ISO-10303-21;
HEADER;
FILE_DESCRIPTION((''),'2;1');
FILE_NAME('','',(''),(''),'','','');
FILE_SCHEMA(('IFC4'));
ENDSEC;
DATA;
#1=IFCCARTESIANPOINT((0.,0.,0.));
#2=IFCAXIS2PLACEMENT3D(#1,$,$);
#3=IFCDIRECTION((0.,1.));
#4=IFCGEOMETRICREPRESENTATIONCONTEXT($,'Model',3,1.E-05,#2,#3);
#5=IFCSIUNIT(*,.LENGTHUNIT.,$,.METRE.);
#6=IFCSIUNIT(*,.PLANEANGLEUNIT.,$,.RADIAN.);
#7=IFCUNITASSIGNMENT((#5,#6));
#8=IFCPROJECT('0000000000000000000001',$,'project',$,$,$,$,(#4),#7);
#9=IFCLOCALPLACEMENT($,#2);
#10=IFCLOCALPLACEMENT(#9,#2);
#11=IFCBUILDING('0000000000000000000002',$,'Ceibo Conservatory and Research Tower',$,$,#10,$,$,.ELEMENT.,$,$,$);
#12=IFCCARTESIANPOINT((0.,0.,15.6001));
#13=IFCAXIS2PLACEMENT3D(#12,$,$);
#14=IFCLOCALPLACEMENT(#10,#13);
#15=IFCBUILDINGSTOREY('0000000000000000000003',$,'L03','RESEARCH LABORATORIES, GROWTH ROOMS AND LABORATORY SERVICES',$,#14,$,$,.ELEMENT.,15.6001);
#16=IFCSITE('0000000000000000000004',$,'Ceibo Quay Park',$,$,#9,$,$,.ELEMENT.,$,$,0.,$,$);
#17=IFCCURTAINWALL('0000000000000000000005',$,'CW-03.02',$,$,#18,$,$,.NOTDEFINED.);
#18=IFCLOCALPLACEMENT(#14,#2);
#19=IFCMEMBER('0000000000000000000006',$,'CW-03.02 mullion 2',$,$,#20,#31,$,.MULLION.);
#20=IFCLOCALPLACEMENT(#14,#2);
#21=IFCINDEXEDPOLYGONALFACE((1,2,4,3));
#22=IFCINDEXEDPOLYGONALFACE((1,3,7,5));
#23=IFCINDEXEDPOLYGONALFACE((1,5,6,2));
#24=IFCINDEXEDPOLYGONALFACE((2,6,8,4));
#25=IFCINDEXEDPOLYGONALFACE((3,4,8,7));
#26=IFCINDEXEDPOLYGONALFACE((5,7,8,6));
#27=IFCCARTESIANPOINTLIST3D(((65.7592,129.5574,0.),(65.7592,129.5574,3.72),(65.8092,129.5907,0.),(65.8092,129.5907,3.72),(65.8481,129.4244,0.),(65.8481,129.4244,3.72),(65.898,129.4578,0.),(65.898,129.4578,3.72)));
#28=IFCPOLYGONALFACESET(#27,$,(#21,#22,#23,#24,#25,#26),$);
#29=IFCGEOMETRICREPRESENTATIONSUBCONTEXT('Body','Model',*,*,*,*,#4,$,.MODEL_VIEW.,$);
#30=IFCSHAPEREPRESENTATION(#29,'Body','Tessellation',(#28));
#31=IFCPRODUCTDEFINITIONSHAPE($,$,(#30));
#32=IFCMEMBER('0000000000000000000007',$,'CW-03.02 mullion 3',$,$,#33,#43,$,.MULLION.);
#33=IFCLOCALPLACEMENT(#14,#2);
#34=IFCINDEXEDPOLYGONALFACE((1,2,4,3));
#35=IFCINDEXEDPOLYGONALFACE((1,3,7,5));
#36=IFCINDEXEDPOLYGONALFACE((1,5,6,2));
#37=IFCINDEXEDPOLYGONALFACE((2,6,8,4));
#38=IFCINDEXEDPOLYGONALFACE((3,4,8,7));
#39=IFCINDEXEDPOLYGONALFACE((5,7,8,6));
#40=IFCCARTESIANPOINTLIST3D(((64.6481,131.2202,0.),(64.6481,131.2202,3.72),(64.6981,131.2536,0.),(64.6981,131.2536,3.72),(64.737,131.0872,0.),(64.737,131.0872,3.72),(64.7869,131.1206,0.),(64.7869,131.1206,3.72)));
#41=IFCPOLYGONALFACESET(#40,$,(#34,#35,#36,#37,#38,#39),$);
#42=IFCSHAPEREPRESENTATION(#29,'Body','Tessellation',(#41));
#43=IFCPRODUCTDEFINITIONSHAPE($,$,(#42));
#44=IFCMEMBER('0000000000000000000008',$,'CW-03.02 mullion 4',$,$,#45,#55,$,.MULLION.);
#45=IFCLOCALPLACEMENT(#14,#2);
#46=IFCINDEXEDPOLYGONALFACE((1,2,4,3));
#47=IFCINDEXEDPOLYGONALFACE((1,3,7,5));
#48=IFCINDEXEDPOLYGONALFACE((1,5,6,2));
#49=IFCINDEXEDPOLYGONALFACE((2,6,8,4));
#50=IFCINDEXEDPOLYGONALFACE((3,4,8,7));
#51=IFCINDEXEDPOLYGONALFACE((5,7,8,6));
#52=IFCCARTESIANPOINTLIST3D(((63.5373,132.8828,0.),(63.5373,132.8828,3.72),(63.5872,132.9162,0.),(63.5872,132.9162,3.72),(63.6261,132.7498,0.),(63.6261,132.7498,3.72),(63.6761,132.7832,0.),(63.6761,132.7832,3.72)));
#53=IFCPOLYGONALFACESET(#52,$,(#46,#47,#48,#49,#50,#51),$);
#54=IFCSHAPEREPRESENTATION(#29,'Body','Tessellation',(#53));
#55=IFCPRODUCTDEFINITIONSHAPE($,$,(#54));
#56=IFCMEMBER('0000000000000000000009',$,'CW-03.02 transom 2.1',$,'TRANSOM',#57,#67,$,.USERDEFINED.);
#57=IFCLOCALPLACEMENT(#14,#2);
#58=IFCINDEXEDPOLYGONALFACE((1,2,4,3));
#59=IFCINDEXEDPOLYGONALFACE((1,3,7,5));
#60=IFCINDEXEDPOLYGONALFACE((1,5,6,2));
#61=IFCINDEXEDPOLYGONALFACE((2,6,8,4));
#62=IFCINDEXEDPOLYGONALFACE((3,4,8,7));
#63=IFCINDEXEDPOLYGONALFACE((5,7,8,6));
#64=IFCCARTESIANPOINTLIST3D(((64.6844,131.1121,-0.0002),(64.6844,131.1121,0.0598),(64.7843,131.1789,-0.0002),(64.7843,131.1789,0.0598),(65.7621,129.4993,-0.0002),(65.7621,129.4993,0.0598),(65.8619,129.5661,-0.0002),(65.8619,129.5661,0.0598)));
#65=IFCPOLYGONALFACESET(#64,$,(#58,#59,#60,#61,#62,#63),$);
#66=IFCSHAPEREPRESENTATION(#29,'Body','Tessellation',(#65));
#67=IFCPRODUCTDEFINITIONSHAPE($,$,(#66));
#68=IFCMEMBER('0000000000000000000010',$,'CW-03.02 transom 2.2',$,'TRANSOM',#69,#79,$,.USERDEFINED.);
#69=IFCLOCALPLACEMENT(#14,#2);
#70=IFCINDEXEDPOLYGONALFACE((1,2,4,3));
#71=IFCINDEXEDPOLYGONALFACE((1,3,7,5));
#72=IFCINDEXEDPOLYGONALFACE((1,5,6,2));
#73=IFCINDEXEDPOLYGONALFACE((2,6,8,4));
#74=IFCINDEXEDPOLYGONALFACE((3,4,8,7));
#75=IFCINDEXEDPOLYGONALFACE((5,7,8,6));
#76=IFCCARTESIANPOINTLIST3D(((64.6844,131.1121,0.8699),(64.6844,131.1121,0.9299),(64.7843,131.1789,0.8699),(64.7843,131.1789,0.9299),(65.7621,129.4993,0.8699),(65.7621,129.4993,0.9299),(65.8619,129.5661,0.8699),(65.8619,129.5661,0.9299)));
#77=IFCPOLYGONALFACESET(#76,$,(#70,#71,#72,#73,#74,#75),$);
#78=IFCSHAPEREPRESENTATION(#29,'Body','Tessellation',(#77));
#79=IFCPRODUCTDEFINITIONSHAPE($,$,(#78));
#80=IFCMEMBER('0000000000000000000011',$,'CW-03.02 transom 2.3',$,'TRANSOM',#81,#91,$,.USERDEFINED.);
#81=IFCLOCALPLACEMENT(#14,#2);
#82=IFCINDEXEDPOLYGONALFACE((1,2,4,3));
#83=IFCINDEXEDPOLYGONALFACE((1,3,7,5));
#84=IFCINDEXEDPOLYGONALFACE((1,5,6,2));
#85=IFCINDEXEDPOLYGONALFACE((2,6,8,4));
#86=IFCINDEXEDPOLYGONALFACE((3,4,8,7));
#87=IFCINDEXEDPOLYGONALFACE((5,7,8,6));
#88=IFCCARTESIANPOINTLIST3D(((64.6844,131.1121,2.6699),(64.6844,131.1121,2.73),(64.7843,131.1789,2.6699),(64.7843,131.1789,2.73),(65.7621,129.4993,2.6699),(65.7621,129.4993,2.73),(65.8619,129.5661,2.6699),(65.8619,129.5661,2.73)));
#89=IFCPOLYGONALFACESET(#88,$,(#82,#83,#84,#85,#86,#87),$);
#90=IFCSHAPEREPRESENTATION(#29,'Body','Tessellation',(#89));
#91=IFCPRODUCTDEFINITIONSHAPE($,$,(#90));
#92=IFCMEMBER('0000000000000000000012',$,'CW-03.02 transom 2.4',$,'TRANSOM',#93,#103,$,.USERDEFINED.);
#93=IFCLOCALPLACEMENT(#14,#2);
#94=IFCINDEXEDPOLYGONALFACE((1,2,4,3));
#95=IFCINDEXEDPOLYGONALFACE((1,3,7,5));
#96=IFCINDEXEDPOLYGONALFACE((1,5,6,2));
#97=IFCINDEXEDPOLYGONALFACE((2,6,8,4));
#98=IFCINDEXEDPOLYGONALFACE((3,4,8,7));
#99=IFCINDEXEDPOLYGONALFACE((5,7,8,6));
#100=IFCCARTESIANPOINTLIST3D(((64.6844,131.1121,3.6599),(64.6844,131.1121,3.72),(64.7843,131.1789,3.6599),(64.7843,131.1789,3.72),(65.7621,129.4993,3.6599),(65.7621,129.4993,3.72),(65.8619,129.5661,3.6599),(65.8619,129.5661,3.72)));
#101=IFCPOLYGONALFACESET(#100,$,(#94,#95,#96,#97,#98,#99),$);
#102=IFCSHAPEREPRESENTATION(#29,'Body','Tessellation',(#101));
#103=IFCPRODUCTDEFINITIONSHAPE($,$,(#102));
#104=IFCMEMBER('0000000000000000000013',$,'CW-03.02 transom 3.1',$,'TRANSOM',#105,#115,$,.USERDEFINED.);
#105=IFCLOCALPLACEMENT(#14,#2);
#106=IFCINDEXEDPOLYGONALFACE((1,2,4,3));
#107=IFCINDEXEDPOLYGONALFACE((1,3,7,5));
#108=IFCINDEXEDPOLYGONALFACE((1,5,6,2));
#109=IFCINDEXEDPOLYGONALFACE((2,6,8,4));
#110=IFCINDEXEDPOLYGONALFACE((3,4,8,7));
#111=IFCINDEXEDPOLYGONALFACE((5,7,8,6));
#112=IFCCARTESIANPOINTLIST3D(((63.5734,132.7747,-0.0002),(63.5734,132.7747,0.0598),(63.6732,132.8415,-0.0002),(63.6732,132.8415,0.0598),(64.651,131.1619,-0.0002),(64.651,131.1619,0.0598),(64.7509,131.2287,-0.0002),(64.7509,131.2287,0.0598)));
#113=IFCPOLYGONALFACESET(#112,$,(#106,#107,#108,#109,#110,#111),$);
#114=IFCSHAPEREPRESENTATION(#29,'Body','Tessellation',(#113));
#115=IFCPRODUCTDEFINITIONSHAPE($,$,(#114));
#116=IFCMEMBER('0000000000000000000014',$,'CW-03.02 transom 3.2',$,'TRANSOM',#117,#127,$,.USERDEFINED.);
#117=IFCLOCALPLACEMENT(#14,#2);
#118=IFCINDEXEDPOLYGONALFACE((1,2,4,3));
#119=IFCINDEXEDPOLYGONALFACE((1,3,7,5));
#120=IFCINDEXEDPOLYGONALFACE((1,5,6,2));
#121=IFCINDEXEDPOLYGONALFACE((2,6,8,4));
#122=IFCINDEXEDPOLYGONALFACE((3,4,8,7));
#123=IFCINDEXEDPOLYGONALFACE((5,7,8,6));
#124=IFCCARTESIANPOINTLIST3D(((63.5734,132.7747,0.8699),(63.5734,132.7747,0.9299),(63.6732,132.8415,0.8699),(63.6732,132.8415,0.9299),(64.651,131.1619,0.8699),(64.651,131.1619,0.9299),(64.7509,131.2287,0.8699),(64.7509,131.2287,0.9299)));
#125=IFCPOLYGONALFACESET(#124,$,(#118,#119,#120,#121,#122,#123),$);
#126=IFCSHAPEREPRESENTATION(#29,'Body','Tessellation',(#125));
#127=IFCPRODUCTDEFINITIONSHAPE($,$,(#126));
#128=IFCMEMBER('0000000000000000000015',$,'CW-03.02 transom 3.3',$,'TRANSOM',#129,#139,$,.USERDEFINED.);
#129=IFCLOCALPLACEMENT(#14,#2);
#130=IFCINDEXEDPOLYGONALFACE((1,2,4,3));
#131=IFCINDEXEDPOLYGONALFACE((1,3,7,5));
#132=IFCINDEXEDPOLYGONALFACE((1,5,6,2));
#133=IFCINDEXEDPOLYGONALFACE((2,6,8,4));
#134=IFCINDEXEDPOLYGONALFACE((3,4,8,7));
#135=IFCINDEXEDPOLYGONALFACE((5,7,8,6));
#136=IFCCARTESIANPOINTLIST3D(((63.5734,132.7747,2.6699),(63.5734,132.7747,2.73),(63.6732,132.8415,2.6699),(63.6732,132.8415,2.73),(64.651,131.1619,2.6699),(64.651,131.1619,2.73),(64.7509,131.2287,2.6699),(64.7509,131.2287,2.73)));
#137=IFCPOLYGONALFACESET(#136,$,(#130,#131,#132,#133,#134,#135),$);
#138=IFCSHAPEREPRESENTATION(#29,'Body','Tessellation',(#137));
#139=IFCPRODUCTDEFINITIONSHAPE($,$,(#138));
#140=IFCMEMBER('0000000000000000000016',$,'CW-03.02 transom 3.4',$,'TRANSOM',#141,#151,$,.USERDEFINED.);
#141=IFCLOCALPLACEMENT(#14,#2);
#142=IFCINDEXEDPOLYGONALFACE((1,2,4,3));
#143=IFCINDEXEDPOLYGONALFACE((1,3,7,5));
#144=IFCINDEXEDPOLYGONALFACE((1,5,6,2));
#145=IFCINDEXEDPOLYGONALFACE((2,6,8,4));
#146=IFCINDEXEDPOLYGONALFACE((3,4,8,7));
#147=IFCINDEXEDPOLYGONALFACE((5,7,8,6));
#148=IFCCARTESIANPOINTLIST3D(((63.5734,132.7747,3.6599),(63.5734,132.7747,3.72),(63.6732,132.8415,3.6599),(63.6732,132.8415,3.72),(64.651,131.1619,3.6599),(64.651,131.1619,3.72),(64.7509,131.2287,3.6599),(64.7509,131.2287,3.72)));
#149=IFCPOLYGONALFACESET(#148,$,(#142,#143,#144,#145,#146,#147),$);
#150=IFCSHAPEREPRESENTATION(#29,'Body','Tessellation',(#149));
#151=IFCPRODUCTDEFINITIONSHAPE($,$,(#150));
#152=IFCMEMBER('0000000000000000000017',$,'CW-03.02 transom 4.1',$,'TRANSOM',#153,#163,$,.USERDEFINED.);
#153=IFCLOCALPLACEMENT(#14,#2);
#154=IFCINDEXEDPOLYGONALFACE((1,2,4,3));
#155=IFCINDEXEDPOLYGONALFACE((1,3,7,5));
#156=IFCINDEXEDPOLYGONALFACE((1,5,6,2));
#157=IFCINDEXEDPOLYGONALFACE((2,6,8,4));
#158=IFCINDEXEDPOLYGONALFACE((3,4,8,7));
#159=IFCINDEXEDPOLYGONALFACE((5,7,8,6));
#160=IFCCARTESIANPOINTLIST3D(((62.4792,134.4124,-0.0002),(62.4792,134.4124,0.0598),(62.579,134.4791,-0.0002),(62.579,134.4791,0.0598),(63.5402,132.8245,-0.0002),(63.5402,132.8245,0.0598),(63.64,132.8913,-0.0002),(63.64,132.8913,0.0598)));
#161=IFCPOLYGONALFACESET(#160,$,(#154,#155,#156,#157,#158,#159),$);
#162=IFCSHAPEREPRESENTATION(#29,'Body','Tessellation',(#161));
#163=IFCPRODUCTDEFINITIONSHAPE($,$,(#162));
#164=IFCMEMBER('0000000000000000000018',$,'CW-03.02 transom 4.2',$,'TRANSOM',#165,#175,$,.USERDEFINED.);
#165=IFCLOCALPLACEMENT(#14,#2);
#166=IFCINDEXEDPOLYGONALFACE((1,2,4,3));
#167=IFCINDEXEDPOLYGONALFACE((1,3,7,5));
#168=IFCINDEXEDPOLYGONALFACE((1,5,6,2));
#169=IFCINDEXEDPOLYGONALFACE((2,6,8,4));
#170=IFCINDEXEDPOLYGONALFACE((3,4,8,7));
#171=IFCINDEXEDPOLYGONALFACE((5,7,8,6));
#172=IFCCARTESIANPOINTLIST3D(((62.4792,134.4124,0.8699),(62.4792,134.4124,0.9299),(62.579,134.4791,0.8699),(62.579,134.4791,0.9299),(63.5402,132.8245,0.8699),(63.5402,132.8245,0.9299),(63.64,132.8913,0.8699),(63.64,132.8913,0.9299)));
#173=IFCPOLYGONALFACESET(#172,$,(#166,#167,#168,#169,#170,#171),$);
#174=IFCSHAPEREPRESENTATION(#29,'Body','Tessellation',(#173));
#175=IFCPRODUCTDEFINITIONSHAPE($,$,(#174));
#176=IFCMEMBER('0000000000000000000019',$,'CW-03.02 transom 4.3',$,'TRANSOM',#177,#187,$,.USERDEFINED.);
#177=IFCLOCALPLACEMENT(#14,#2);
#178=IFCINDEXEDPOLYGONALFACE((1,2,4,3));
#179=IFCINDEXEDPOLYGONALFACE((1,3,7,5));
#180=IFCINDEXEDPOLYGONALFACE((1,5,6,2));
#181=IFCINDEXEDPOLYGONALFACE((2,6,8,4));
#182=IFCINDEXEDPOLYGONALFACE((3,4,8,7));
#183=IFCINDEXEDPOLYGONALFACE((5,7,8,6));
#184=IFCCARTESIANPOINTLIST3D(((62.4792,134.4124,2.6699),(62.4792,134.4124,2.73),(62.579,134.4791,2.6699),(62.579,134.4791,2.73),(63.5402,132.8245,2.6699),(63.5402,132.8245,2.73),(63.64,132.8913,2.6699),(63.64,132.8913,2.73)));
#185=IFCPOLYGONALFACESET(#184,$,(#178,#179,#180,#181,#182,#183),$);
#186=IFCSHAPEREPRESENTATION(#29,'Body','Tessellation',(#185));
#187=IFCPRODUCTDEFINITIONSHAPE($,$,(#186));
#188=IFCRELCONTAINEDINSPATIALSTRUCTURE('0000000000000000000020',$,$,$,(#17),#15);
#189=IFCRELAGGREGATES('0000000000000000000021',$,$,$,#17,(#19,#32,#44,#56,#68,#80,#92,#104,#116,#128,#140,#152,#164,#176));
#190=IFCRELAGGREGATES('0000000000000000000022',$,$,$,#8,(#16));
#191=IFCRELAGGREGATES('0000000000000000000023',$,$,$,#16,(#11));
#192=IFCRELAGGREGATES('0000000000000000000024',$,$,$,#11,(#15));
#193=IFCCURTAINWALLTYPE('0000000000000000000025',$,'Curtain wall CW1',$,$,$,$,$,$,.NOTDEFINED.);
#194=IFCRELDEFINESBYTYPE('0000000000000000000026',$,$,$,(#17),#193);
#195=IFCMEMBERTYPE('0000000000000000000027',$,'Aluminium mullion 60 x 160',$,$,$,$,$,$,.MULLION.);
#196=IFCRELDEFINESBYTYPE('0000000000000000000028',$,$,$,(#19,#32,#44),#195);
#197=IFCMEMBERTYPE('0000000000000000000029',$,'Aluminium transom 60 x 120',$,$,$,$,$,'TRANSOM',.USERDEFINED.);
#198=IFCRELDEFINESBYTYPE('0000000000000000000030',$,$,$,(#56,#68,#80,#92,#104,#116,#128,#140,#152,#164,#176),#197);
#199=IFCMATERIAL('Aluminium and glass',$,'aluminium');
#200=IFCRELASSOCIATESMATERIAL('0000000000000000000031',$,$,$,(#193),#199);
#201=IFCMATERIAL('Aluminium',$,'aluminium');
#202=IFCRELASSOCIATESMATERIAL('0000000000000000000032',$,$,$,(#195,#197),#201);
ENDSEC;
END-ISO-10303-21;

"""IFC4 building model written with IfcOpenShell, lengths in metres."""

from ifc_helpers import new_model, si_unit, direction, frame, origin, origin_2d, place, context, subcontext, project, spatial, rectangle, extrude, material, material_profile, profile_set, type_object, element, aggregate, save


model = new_model("IFC4")

# Units and contexts
model_context = context("Model", 3, precision=1e-05, world=origin(), true_north=direction((0.0, 1.0)))
body_context = subcontext(model_context, "Body", "Model", "MODEL_VIEW")
ifc_project = project(units=[si_unit("LENGTHUNIT", "METRE"), si_unit("PLANEANGLEUNIT", "RADIAN")], contexts=[model_context])

# Site, building, storey
site_placement = place(None, origin())
site = spatial("IfcSite", under=ifc_project, at=site_placement, Name="Ceibo Quay Park", CompositionType="ELEMENT", RefElevation=0.0)
building_placement = place(site_placement, origin())
building = spatial("IfcBuilding", under=site, at=building_placement, Name="Ceibo Conservatory and Research Tower", CompositionType="ELEMENT")
storey_placement = place(building_placement, frame((0.0, 0.0, 15.6001)))
storey = spatial("IfcBuildingStorey", under=building, at=storey_placement, Name="L03", Description="RESEARCH LABORATORIES, GROWTH ROOMS AND LABORATORY SERVICES", CompositionType="ELEMENT", Elevation=15.6001)

# Curtain wall, members
ifc_material_1 = material(Name="Aluminium and glass", Category="aluminium")
curtain_wall_type = type_object("IfcCurtainWallType", Name="Curtain wall CW1", PredefinedType="NOTDEFINED", material=ifc_material_1)
curtain_wall_placement = place(storey_placement, origin())
curtain_wall = element("IfcCurtainWall", 1, at=curtain_wall_placement, inside=storey, type_object=curtain_wall_type, Name="CW-03.02", PredefinedType="NOTDEFINED")
ifc_material_2 = material(Name="Aluminium", Category="aluminium")
ifc_material_profile_1 = material_profile(ifc_material_2, rectangle(XDim=0.0601, YDim=0.1599, at=origin_2d()), Name="Aluminium 60 x 160")
ifc_profile_set_1 = profile_set([ifc_material_profile_1], Name="Aluminium")
member_type_1 = type_object("IfcMemberType", Name="Aluminium mullion 60 x 160", PredefinedType="MULLION", material=ifc_profile_set_1)
member_1_placement = place(storey_placement, frame((65.8286, 129.5076, 0.0), z_axis=(0.0, 0.0, 1.0), x_axis=(-0.83147, -0.55557, 0.0)))
member_1 = element("IfcMember", 2, at=member_1_placement, type_object=member_type_1, Name="CW-03.02 mullion 2", PredefinedType="MULLION", context=body_context, shape_type="SweptSolid", body=[
    extrude(rectangle(XDim=0.0601, YDim=0.1599, at=origin_2d()), origin(), (0.0, 0.0, 1.0), 3.72),
])
member_2_placement = place(storey_placement, frame((64.7175, 131.1704, 0.0), z_axis=(0.0, 0.0, 1.0), x_axis=(-0.83147, -0.55557, 0.0)))
member_2 = element("IfcMember", 3, at=member_2_placement, type_object=member_type_1, Name="CW-03.02 mullion 3", PredefinedType="MULLION", context=body_context, shape_type="SweptSolid", body=[
    extrude(rectangle(XDim=0.0601, YDim=0.1599, at=origin_2d()), origin(), (0.0, 0.0, 1.0), 3.72),
])
member_3_placement = place(storey_placement, frame((63.6067, 132.833, 0.0), z_axis=(0.0, 0.0, 1.0), x_axis=(-0.83147, -0.55557, 0.0)))
member_3 = element("IfcMember", 4, at=member_3_placement, type_object=member_type_1, Name="CW-03.02 mullion 4", PredefinedType="MULLION", context=body_context, shape_type="SweptSolid", body=[
    extrude(rectangle(XDim=0.0601, YDim=0.1599, at=origin_2d()), origin(), (0.0, 0.0, 1.0), 3.72),
])
ifc_material_profile_2 = material_profile(ifc_material_2, rectangle(XDim=0.1201, YDim=0.0601, at=origin_2d()), Name="Aluminium 60 x 120")
ifc_profile_set_2 = profile_set([ifc_material_profile_2], Name="Aluminium")
member_type_2 = type_object("IfcMemberType", Name="Aluminium transom 60 x 120", ElementType="TRANSOM", PredefinedType="USERDEFINED", material=ifc_profile_set_2)
member_4_placement = place(storey_placement, frame((65.812, 129.5327, 0.0298), z_axis=(-0.555571, 0.831469, 0.0), x_axis=(-0.831469, -0.555571, 0.0)))
member_4 = element("IfcMember", 5, at=member_4_placement, type_object=member_type_2, Name="CW-03.02 transom 2.1", ObjectType="TRANSOM", PredefinedType="USERDEFINED", context=body_context, shape_type="SweptSolid", body=[
    extrude(rectangle(XDim=0.1201, YDim=0.0601, at=origin_2d()), origin(), (0.0, 0.0, 1.0), 1.9397),
])
member_5_placement = place(storey_placement, frame((65.812, 129.5327, 0.8999), z_axis=(-0.555571, 0.831469, 0.0), x_axis=(-0.831469, -0.555571, 0.0)))
member_5 = element("IfcMember", 6, at=member_5_placement, type_object=member_type_2, Name="CW-03.02 transom 2.2", ObjectType="TRANSOM", PredefinedType="USERDEFINED", context=body_context, shape_type="SweptSolid", body=[
    extrude(rectangle(XDim=0.1201, YDim=0.0601, at=origin_2d()), origin(), (0.0, 0.0, 1.0), 1.9397),
])
member_6_placement = place(storey_placement, frame((65.812, 129.5327, 2.7), z_axis=(-0.555571, 0.831469, 0.0), x_axis=(-0.831469, -0.555571, 0.0)))
member_6 = element("IfcMember", 7, at=member_6_placement, type_object=member_type_2, Name="CW-03.02 transom 2.3", ObjectType="TRANSOM", PredefinedType="USERDEFINED", context=body_context, shape_type="SweptSolid", body=[
    extrude(rectangle(XDim=0.1201, YDim=0.0601, at=origin_2d()), origin(), (0.0, 0.0, 1.0), 1.9397),
])
member_7_placement = place(storey_placement, frame((65.812, 129.5327, 3.6899), z_axis=(-0.555571, 0.831469, 0.0), x_axis=(-0.831469, -0.555571, 0.0)))
member_7 = element("IfcMember", 8, at=member_7_placement, type_object=member_type_2, Name="CW-03.02 transom 2.4", ObjectType="TRANSOM", PredefinedType="USERDEFINED", context=body_context, shape_type="SweptSolid", body=[
    extrude(rectangle(XDim=0.1201, YDim=0.0601, at=origin_2d()), origin(), (0.0, 0.0, 1.0), 1.9397),
])
member_8_placement = place(storey_placement, frame((64.7009, 131.1953, 0.0298), z_axis=(-0.555571, 0.831469, 0.0), x_axis=(-0.831469, -0.555571, 0.0)))
member_8 = element("IfcMember", 9, at=member_8_placement, type_object=member_type_2, Name="CW-03.02 transom 3.1", ObjectType="TRANSOM", PredefinedType="USERDEFINED", context=body_context, shape_type="SweptSolid", body=[
    extrude(rectangle(XDim=0.1201, YDim=0.0601, at=origin_2d()), origin(), (0.0, 0.0, 1.0), 1.9397),
])
member_9_placement = place(storey_placement, frame((64.7009, 131.1953, 0.8999), z_axis=(-0.555571, 0.831469, 0.0), x_axis=(-0.831469, -0.555571, 0.0)))
member_9 = element("IfcMember", 10, at=member_9_placement, type_object=member_type_2, Name="CW-03.02 transom 3.2", ObjectType="TRANSOM", PredefinedType="USERDEFINED", context=body_context, shape_type="SweptSolid", body=[
    extrude(rectangle(XDim=0.1201, YDim=0.0601, at=origin_2d()), origin(), (0.0, 0.0, 1.0), 1.9397),
])
member_10_placement = place(storey_placement, frame((64.7009, 131.1953, 2.7), z_axis=(-0.555571, 0.831469, 0.0), x_axis=(-0.831469, -0.555571, 0.0)))
member_10 = element("IfcMember", 11, at=member_10_placement, type_object=member_type_2, Name="CW-03.02 transom 3.3", ObjectType="TRANSOM", PredefinedType="USERDEFINED", context=body_context, shape_type="SweptSolid", body=[
    extrude(rectangle(XDim=0.1201, YDim=0.0601, at=origin_2d()), origin(), (0.0, 0.0, 1.0), 1.9397),
])
member_11_placement = place(storey_placement, frame((64.7009, 131.1953, 3.6899), z_axis=(-0.555571, 0.831469, 0.0), x_axis=(-0.831469, -0.555571, 0.0)))
member_11 = element("IfcMember", 12, at=member_11_placement, type_object=member_type_2, Name="CW-03.02 transom 3.4", ObjectType="TRANSOM", PredefinedType="USERDEFINED", context=body_context, shape_type="SweptSolid", body=[
    extrude(rectangle(XDim=0.1201, YDim=0.0601, at=origin_2d()), origin(), (0.0, 0.0, 1.0), 1.9397),
])
member_12_placement = place(storey_placement, frame((63.5901, 132.8579, 0.0298), z_axis=(-0.555585, 0.83146, 0.0), x_axis=(-0.83146, -0.555585, 0.0)))
member_12 = element("IfcMember", 13, at=member_12_placement, type_object=member_type_2, Name="CW-03.02 transom 4.1", ObjectType="TRANSOM", PredefinedType="USERDEFINED", context=body_context, shape_type="SweptSolid", body=[
    extrude(rectangle(XDim=0.1201, YDim=0.0601, at=origin_2d()), origin(), (0.0, 0.0, 1.0), 1.9097),
])
member_13_placement = place(storey_placement, frame((63.5901, 132.8579, 0.8999), z_axis=(-0.555585, 0.83146, 0.0), x_axis=(-0.83146, -0.555585, 0.0)))
member_13 = element("IfcMember", 14, at=member_13_placement, type_object=member_type_2, Name="CW-03.02 transom 4.2", ObjectType="TRANSOM", PredefinedType="USERDEFINED", context=body_context, shape_type="SweptSolid", body=[
    extrude(rectangle(XDim=0.1201, YDim=0.0601, at=origin_2d()), origin(), (0.0, 0.0, 1.0), 1.9097),
])
member_14_placement = place(storey_placement, frame((63.5901, 132.8579, 2.7), z_axis=(-0.555585, 0.83146, 0.0), x_axis=(-0.83146, -0.555585, 0.0)))
member_14 = element("IfcMember", 15, at=member_14_placement, type_object=member_type_2, Name="CW-03.02 transom 4.3", ObjectType="TRANSOM", PredefinedType="USERDEFINED", context=body_context, shape_type="SweptSolid", body=[
    extrude(rectangle(XDim=0.1201, YDim=0.0601, at=origin_2d()), origin(), (0.0, 0.0, 1.0), 1.9097),
])

aggregate(curtain_wall, [member_1, member_2, member_3, member_4, member_5, member_6, member_7, member_8, member_9, member_10, member_11, member_12, member_13, member_14])

save(model, "model.ifc")
